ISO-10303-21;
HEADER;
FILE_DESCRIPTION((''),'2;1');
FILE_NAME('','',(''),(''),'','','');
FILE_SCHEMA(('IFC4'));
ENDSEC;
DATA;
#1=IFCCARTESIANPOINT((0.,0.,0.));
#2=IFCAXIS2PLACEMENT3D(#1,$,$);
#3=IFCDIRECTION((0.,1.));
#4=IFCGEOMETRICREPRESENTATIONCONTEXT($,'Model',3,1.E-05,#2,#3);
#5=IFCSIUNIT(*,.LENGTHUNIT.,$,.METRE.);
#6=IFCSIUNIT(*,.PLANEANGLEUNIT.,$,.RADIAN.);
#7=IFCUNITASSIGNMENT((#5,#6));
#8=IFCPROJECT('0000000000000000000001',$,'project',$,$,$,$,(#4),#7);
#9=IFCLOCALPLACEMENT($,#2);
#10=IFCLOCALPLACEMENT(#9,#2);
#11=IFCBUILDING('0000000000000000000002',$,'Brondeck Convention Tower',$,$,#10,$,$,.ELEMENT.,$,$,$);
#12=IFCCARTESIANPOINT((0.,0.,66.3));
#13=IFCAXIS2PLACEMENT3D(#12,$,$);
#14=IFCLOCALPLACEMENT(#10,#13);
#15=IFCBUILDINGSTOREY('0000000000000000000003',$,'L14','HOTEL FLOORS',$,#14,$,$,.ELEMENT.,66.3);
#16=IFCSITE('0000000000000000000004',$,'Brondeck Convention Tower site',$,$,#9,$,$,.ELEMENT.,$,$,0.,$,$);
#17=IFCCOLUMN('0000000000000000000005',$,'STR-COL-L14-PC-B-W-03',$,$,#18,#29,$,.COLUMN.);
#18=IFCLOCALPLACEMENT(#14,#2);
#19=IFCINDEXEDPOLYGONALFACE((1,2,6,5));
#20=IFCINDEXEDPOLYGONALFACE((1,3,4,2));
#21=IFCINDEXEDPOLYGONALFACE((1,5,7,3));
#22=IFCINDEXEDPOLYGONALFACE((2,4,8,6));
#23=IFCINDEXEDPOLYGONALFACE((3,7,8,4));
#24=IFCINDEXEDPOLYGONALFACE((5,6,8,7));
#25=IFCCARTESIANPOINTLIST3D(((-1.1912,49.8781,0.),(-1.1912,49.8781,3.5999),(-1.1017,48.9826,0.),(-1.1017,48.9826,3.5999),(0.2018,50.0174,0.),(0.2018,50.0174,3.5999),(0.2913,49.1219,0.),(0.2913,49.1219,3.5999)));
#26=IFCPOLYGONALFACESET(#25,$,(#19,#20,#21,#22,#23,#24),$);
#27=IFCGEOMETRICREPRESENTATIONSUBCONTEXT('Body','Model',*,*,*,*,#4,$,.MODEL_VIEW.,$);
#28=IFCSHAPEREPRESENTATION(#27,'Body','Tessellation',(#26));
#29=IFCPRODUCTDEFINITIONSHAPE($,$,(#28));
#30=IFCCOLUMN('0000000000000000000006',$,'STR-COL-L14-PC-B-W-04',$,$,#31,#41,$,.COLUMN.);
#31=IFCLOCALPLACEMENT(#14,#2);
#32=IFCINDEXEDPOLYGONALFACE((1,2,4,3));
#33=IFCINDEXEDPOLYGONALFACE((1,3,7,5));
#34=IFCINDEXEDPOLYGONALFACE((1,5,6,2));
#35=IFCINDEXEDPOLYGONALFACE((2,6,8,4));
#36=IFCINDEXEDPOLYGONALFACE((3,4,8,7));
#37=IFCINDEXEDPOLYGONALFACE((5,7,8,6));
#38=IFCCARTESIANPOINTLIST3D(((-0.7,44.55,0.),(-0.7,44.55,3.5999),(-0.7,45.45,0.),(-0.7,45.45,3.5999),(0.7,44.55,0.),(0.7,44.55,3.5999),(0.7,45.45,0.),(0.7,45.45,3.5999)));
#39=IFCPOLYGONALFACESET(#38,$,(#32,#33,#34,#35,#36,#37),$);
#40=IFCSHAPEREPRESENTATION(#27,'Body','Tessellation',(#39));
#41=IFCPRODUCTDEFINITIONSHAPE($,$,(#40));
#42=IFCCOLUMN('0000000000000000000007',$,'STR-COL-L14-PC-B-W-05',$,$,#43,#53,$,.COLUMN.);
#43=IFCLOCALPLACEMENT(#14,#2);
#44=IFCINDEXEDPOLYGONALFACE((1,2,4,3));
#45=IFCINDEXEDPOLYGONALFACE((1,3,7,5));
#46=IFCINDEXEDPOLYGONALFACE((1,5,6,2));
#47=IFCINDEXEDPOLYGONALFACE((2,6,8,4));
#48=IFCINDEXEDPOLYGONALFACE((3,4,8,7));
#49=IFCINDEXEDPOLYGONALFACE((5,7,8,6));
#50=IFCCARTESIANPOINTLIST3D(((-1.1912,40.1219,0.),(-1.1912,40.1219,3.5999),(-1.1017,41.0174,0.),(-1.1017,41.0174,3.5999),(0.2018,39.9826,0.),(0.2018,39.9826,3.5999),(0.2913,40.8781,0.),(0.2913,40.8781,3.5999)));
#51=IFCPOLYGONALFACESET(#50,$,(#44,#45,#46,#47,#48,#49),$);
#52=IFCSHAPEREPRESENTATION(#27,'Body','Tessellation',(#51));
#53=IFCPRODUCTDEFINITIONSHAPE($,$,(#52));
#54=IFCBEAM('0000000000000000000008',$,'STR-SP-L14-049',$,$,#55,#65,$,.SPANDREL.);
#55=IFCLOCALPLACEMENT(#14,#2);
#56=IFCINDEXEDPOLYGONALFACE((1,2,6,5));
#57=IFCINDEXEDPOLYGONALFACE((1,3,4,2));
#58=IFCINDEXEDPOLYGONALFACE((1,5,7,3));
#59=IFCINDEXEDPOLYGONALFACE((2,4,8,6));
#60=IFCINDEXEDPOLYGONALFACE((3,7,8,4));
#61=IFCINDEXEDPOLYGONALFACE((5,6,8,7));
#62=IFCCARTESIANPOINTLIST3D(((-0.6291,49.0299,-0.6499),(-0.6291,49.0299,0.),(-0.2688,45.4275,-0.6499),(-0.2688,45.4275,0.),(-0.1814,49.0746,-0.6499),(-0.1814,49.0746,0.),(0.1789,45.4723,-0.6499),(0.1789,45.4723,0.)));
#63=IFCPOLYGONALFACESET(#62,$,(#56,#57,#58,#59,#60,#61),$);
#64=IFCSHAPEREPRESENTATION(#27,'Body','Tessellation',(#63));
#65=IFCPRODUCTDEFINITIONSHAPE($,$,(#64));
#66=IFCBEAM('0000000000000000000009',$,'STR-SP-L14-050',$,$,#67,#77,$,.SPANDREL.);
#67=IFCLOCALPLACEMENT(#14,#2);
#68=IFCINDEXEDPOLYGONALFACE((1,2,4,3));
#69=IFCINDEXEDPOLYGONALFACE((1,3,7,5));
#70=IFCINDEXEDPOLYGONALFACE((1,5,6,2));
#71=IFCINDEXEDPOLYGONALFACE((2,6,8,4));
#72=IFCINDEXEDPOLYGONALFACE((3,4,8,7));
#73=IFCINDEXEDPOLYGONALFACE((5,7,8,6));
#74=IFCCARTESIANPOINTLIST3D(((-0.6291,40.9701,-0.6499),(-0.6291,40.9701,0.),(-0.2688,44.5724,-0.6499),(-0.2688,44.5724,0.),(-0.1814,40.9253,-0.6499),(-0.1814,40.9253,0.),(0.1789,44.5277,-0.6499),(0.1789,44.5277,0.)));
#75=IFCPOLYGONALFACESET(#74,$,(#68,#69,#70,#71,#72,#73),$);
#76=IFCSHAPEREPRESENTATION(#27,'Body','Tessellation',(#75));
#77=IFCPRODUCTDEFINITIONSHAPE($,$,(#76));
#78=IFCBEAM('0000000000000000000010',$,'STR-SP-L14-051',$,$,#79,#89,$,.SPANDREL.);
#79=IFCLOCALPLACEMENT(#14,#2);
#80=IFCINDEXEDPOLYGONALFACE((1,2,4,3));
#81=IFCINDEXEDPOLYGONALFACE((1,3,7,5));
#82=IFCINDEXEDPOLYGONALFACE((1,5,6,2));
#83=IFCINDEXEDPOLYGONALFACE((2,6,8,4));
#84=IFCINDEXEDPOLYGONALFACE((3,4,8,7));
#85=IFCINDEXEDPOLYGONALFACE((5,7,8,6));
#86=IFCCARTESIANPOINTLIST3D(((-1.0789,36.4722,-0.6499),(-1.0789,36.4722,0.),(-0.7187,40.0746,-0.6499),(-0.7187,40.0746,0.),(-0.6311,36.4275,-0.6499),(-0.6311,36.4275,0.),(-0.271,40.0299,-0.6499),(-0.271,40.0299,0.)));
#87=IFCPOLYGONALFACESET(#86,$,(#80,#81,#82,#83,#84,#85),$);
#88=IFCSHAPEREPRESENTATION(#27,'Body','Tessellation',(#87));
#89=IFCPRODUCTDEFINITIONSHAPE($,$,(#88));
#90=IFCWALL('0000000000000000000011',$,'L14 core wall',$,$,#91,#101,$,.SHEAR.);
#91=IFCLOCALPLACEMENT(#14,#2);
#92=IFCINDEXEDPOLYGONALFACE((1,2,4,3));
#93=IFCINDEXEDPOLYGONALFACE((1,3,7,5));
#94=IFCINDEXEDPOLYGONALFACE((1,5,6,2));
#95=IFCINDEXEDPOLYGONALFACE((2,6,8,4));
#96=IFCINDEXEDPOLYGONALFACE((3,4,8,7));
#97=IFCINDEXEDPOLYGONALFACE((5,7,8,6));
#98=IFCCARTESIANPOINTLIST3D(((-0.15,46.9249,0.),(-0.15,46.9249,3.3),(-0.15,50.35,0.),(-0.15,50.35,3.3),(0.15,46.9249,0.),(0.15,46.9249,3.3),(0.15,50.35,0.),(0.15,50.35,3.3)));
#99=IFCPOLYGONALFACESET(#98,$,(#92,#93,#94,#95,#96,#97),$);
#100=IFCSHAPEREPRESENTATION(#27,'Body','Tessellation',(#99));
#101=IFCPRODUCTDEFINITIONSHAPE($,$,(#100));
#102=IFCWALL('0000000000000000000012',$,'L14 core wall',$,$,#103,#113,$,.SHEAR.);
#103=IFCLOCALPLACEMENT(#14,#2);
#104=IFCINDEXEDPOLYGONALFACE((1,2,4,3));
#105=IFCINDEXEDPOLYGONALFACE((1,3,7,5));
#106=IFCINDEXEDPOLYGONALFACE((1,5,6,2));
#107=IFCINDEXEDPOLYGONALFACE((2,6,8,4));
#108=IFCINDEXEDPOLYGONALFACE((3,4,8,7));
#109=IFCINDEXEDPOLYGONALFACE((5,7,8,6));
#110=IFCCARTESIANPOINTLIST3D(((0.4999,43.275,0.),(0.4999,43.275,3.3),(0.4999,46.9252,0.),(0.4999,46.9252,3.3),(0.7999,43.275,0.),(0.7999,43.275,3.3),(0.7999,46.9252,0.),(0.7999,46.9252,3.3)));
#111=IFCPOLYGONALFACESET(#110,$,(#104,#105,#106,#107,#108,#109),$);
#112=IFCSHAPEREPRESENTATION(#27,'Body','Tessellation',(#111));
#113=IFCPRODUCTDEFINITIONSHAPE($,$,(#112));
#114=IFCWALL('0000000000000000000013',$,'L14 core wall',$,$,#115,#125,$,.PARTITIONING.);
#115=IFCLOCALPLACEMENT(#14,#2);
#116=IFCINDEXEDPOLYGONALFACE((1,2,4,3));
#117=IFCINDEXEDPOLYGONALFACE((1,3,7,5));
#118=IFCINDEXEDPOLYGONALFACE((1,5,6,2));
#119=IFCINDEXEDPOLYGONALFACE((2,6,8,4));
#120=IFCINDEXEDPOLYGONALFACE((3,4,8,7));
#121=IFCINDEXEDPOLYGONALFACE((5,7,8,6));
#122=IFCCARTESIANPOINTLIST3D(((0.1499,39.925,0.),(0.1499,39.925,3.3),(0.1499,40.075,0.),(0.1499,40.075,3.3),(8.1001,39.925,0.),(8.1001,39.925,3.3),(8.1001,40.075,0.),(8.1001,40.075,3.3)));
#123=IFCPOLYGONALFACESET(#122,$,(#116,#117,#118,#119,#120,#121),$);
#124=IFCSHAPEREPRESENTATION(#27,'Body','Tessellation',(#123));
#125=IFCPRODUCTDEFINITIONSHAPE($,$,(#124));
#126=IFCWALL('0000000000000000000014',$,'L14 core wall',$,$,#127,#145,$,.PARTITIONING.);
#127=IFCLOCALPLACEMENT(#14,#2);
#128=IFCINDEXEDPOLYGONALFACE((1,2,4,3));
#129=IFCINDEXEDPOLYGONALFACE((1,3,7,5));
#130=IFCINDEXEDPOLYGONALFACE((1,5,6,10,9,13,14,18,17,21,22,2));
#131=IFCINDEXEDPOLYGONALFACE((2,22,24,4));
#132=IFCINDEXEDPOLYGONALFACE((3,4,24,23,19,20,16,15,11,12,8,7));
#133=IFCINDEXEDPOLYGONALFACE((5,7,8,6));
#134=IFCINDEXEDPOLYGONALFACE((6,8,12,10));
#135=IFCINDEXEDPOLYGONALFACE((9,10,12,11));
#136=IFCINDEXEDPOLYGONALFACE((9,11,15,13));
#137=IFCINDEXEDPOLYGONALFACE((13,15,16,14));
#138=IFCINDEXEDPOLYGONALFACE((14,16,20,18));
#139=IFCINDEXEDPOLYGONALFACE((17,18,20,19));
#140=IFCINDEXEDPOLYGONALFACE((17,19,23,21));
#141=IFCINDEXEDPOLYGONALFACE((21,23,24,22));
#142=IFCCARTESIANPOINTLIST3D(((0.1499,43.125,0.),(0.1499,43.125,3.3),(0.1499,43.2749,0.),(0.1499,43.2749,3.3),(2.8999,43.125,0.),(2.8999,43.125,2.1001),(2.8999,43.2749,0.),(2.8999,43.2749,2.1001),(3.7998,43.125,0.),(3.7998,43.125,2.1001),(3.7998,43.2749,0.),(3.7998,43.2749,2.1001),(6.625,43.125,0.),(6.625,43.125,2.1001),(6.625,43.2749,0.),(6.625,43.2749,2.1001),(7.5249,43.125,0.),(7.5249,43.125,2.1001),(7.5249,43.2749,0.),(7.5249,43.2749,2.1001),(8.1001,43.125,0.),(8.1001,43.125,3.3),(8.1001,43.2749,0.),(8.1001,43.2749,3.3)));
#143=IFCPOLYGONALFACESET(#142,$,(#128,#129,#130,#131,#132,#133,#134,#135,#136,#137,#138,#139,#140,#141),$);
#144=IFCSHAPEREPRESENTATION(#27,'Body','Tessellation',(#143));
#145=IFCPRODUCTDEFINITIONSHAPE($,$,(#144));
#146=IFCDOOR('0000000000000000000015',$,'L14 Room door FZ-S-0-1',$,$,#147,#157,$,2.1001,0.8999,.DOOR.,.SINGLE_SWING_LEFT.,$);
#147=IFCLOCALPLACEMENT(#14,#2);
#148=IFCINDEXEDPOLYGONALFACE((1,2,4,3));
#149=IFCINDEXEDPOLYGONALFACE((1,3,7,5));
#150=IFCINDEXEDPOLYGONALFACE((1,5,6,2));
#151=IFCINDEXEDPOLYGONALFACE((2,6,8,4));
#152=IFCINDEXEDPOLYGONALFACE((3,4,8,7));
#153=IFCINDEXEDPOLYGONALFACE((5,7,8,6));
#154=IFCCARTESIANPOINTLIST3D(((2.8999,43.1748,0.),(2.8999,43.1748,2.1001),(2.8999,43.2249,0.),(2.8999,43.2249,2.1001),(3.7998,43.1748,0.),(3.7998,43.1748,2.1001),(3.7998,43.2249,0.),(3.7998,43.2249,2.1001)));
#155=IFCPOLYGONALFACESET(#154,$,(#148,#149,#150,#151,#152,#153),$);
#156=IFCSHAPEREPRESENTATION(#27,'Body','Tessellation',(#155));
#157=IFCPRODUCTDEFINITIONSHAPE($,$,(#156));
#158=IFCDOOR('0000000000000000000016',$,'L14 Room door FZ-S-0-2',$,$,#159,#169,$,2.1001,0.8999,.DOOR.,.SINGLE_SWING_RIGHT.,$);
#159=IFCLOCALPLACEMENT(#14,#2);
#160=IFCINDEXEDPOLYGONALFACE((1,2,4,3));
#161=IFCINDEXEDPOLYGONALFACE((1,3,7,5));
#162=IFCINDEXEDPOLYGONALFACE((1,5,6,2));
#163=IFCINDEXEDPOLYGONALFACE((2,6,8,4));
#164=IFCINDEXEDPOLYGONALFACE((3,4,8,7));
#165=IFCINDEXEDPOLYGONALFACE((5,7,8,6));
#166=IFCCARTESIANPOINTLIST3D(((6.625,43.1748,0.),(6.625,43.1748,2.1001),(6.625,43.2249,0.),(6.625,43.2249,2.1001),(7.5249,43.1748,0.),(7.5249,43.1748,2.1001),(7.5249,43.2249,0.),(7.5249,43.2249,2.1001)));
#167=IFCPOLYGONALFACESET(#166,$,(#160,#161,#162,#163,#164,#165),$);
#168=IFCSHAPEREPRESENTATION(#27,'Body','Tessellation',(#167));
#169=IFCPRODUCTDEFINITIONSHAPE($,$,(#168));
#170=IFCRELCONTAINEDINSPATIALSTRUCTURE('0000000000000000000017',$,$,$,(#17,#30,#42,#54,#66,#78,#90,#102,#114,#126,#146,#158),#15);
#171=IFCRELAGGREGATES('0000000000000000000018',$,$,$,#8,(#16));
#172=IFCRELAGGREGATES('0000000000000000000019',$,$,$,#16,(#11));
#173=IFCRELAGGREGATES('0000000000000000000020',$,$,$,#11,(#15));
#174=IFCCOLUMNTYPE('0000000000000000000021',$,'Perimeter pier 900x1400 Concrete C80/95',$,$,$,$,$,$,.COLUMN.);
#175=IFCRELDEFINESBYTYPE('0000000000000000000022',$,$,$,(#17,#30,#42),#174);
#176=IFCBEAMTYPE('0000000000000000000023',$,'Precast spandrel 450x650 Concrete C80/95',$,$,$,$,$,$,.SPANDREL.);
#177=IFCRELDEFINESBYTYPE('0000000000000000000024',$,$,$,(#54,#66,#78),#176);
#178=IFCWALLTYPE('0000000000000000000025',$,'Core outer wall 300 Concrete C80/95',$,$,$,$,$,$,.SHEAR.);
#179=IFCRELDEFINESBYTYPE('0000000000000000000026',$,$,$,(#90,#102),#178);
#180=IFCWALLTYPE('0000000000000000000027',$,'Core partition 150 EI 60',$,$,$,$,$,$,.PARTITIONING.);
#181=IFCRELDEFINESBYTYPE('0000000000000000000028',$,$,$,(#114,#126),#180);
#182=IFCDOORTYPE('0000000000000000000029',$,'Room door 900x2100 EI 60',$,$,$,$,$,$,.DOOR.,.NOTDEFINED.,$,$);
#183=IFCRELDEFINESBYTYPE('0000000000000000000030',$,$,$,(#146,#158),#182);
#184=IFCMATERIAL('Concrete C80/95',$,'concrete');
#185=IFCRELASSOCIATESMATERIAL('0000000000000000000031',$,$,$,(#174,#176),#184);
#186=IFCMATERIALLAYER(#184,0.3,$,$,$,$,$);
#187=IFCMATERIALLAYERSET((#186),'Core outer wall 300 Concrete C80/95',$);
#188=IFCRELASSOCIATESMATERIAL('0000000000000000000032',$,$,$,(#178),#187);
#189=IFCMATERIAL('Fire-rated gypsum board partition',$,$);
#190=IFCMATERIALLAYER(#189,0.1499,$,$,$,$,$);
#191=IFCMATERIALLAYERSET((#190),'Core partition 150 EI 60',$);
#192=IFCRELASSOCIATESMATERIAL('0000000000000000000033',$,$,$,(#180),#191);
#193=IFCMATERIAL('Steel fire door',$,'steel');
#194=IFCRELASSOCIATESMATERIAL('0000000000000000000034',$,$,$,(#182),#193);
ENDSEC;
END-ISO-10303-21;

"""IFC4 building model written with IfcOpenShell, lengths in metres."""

from ifc_helpers import new_model, si_unit, direction, frame, frame_2d, origin, origin_2d, place, context, subcontext, project, spatial, rectangle, extrude, material, layer, layer_set, material_profile, profile_set, type_object, element, fill, save


model = new_model("IFC4")

# Units and contexts
model_context = context("Model", 3, precision=1e-05, world=origin(), true_north=direction((0.0, 1.0)))
body_context = subcontext(model_context, "Body", "Model", "MODEL_VIEW")
ifc_project = project(units=[si_unit("LENGTHUNIT", "METRE"), si_unit("PLANEANGLEUNIT", "RADIAN")], contexts=[model_context])

# Site, building, storey
site_placement = place(None, origin())
site = spatial("IfcSite", under=ifc_project, at=site_placement, Name="Brondeck Convention Tower site", CompositionType="ELEMENT", RefElevation=0.0)
building_placement = place(site_placement, origin())
building = spatial("IfcBuilding", under=site, at=building_placement, Name="Brondeck Convention Tower", CompositionType="ELEMENT")
storey_placement = place(building_placement, frame((0.0, 0.0, 66.3)))
storey = spatial("IfcBuildingStorey", under=building, at=storey_placement, Name="L14", Description="HOTEL FLOORS", CompositionType="ELEMENT", Elevation=66.3)

# Columns
ifc_material_1 = material(Name="Concrete C80/95", Category="concrete")
ifc_material_profile_1 = material_profile(ifc_material_1, rectangle(XDim=0.8999, YDim=1.3999, at=origin_2d()), Name="Perimeter pier 900x1400 Concrete C80/95")
ifc_profile_set_1 = profile_set([ifc_material_profile_1], Name="Concrete C80/95")
column_type = type_object("IfcColumnType", Name="Perimeter pier 900x1400 Concrete C80/95", PredefinedType="COLUMN", material=ifc_profile_set_1)
for number, where, z_axis, x_axis, name in (
    (1, (-0.45, 49.5, 0.0), (0.0, 0.0, 1.0), (0.099504, -0.995037, 0.0), "STR-COL-L14-PC-B-W-03"),
    (2, (0.0, 45.0, 0.0), (0.0, 0.0, 1.0), (0.0, -1.0, 0.0), "STR-COL-L14-PC-B-W-04"),
    (3, (-0.45, 40.5, 0.0), (0.0, 0.0, 1.0), (-0.099504, -0.995037, 0.0), "STR-COL-L14-PC-B-W-05"),
):
    element("IfcColumn", number, at=place(storey_placement, frame(where, z_axis=z_axis, x_axis=x_axis)), inside=storey, type_object=column_type, Name=name, PredefinedType="COLUMN", context=body_context, shape_type="SweptSolid", body=[
        extrude(rectangle(XDim=0.8999, YDim=1.3999, at=origin_2d()), origin(), (0.0, 0.0, 1.0), 3.5999),
    ])

# Beams
ifc_material_profile_2 = material_profile(ifc_material_1, rectangle(XDim=0.45, YDim=0.6499, at=origin_2d()), Name="Precast spandrel 450x650 Concrete C80/95")
ifc_profile_set_2 = profile_set([ifc_material_profile_2], Name="Concrete C80/95")
beam_type = type_object("IfcBeamType", Name="Precast spandrel 450x650 Concrete C80/95", PredefinedType="SPANDREL", material=ifc_profile_set_2)
for number, where, z_axis, x_axis, name in (
    (4, (-0.4053, 49.0522, -0.325), (0.099537, -0.995034, 0.0), (0.995034, 0.099537, 0.0), "STR-SP-L14-049"),
    (5, (-0.0449, 44.55, -0.325), (-0.099537, -0.995034, 0.0), (0.995034, -0.099537, 0.0), "STR-SP-L14-050"),
    (6, (-0.4949, 40.0522, -0.325), (-0.09947, -0.995041, 0.0), (0.995041, -0.09947, 0.0), "STR-SP-L14-051"),
):
    element("IfcBeam", number, at=place(storey_placement, frame(where, z_axis=z_axis, x_axis=x_axis)), inside=storey, type_object=beam_type, Name=name, PredefinedType="SPANDREL", context=body_context, shape_type="SweptSolid", body=[
        extrude(rectangle(XDim=0.45, YDim=0.6499, at=origin_2d()), origin(), (0.0, 0.0, 1.0), 3.6204),
    ])

# Walls
ifc_layer_1 = layer(ifc_material_1, 0.3)
ifc_layer_set_1 = layer_set([ifc_layer_1], Name="Core outer wall 300 Concrete C80/95")
wall_type_1 = type_object("IfcWallType", Name="Core outer wall 300 Concrete C80/95", PredefinedType="SHEAR", material=ifc_layer_set_1)
wall_1_placement = place(storey_placement, frame((0.0, 46.925, 0.0), z_axis=(0.0, 0.0, 1.0), x_axis=(0.0, 1.0, 0.0)))
element("IfcWall", 7, at=wall_1_placement, inside=storey, type_object=wall_type_1, Name="L14 core wall", PredefinedType="SHEAR", context=body_context, shape_type="SweptSolid", body=[
    extrude(rectangle(XDim=3.425, YDim=0.3, at=frame_2d((1.7124, 0.0))), origin(), (0.0, 0.0, 1.0), 3.3),
])
wall_2_placement = place(storey_placement, frame((0.6499, 43.2749, 0.0), z_axis=(0.0, 0.0, 1.0), x_axis=(0.0, 1.0, 0.0)))
element("IfcWall", 8, at=wall_2_placement, inside=storey, type_object=wall_type_1, Name="L14 core wall", PredefinedType="SHEAR", context=body_context, shape_type="SweptSolid", body=[
    extrude(rectangle(XDim=3.6501, YDim=0.3, at=frame_2d((1.8252, 0.0))), origin(), (0.0, 0.0, 1.0), 3.3),
])
ifc_material_2 = material(Name="Fire-rated gypsum board partition")
ifc_layer_2 = layer(ifc_material_2, 0.1499)
ifc_layer_set_2 = layer_set([ifc_layer_2], Name="Core partition 150 EI 60")
wall_type_2 = type_object("IfcWallType", Name="Core partition 150 EI 60", PredefinedType="PARTITIONING", material=ifc_layer_set_2)
wall_3_placement = place(storey_placement, frame((0.1499, 40.0, 0.0), z_axis=(0.0, 0.0, 1.0), x_axis=(1.0, 0.0, 0.0)))
element("IfcWall", 9, at=wall_3_placement, inside=storey, type_object=wall_type_2, Name="L14 core wall", PredefinedType="PARTITIONING", context=body_context, shape_type="SweptSolid", body=[
    extrude(rectangle(XDim=7.9502, YDim=0.1499, at=frame_2d((3.9751, 0.0))), origin(), (0.0, 0.0, 1.0), 3.3),
])

# Wall, openings, doors
wall_4_placement = place(storey_placement, frame((0.1499, 43.2, 0.0), z_axis=(0.0, 0.0, 1.0), x_axis=(1.0, 0.0, 0.0)))
wall_4 = element("IfcWall", 10, at=wall_4_placement, inside=storey, type_object=wall_type_2, Name="L14 core wall", PredefinedType="PARTITIONING", context=body_context, shape_type="SweptSolid", body=[
    extrude(rectangle(XDim=7.9502, YDim=0.1499, at=frame_2d((3.9751, 0.0))), origin(), (0.0, 0.0, 1.0), 3.3),
])
opening_1_placement = place(wall_4_placement, frame((2.75, 0.0, 0.0)))
opening_1 = element("IfcOpeningElement", 11, at=opening_1_placement, cuts=wall_4, PredefinedType="OPENING", context=body_context, shape_type="SweptSolid", body=[
    extrude(rectangle(XDim=0.8999, YDim=2.1001, at=frame_2d((0.45, 1.05))), frame((0.0, 0.085, 0.0), z_axis=(0.0, -1.0, 0.0), x_axis=(1.0, 0.0, 0.0)), (0.0, 0.0, 1.0), 0.1699),
])
opening_2_placement = place(wall_4_placement, frame((6.4751, 0.0, 0.0)))
opening_2 = element("IfcOpeningElement", 12, at=opening_2_placement, cuts=wall_4, PredefinedType="OPENING", context=body_context, shape_type="SweptSolid", body=[
    extrude(rectangle(XDim=0.8999, YDim=2.1001, at=frame_2d((0.45, 1.05))), frame((0.0, 0.085, 0.0), z_axis=(0.0, -1.0, 0.0), x_axis=(1.0, 0.0, 0.0)), (0.0, 0.0, 1.0), 0.1699),
])
ifc_material_3 = material(Name="Steel fire door", Category="steel")
door_type = type_object("IfcDoorType", Name="Room door 900x2100 EI 60", OperationType="NOTDEFINED", PredefinedType="DOOR", material=ifc_material_3)
door_1_placement = place(opening_1_placement, origin())
door_1 = element("IfcDoor", 13, at=door_1_placement, inside=storey, type_object=door_type, Name="L14 Room door FZ-S-0-1", OperationType="SINGLE_SWING_LEFT", OverallHeight=2.1001, OverallWidth=0.8999, PredefinedType="DOOR", context=body_context, shape_type="SweptSolid", body=[
    extrude(rectangle(XDim=0.8999, YDim=2.1001, at=frame_2d((0.45, 1.05))), frame((0.0, 0.0249, 0.0), z_axis=(0.0, -1.0, 0.0), x_axis=(1.0, 0.0, 0.0)), (0.0, 0.0, 1.0), 0.05),
])
fill(opening_1, door_1)
door_2_placement = place(opening_2_placement, origin())
door_2 = element("IfcDoor", 14, at=door_2_placement, inside=storey, type_object=door_type, Name="L14 Room door FZ-S-0-2", OperationType="SINGLE_SWING_RIGHT", OverallHeight=2.1001, OverallWidth=0.8999, PredefinedType="DOOR", context=body_context, shape_type="SweptSolid", body=[
    extrude(rectangle(XDim=0.8999, YDim=2.1001, at=frame_2d((0.45, 1.05))), frame((0.0, 0.0249, 0.0), z_axis=(0.0, -1.0, 0.0), x_axis=(1.0, 0.0, 0.0)), (0.0, 0.0, 1.0), 0.05),
])
fill(opening_2, door_2)

save(model, "model.ifc")
